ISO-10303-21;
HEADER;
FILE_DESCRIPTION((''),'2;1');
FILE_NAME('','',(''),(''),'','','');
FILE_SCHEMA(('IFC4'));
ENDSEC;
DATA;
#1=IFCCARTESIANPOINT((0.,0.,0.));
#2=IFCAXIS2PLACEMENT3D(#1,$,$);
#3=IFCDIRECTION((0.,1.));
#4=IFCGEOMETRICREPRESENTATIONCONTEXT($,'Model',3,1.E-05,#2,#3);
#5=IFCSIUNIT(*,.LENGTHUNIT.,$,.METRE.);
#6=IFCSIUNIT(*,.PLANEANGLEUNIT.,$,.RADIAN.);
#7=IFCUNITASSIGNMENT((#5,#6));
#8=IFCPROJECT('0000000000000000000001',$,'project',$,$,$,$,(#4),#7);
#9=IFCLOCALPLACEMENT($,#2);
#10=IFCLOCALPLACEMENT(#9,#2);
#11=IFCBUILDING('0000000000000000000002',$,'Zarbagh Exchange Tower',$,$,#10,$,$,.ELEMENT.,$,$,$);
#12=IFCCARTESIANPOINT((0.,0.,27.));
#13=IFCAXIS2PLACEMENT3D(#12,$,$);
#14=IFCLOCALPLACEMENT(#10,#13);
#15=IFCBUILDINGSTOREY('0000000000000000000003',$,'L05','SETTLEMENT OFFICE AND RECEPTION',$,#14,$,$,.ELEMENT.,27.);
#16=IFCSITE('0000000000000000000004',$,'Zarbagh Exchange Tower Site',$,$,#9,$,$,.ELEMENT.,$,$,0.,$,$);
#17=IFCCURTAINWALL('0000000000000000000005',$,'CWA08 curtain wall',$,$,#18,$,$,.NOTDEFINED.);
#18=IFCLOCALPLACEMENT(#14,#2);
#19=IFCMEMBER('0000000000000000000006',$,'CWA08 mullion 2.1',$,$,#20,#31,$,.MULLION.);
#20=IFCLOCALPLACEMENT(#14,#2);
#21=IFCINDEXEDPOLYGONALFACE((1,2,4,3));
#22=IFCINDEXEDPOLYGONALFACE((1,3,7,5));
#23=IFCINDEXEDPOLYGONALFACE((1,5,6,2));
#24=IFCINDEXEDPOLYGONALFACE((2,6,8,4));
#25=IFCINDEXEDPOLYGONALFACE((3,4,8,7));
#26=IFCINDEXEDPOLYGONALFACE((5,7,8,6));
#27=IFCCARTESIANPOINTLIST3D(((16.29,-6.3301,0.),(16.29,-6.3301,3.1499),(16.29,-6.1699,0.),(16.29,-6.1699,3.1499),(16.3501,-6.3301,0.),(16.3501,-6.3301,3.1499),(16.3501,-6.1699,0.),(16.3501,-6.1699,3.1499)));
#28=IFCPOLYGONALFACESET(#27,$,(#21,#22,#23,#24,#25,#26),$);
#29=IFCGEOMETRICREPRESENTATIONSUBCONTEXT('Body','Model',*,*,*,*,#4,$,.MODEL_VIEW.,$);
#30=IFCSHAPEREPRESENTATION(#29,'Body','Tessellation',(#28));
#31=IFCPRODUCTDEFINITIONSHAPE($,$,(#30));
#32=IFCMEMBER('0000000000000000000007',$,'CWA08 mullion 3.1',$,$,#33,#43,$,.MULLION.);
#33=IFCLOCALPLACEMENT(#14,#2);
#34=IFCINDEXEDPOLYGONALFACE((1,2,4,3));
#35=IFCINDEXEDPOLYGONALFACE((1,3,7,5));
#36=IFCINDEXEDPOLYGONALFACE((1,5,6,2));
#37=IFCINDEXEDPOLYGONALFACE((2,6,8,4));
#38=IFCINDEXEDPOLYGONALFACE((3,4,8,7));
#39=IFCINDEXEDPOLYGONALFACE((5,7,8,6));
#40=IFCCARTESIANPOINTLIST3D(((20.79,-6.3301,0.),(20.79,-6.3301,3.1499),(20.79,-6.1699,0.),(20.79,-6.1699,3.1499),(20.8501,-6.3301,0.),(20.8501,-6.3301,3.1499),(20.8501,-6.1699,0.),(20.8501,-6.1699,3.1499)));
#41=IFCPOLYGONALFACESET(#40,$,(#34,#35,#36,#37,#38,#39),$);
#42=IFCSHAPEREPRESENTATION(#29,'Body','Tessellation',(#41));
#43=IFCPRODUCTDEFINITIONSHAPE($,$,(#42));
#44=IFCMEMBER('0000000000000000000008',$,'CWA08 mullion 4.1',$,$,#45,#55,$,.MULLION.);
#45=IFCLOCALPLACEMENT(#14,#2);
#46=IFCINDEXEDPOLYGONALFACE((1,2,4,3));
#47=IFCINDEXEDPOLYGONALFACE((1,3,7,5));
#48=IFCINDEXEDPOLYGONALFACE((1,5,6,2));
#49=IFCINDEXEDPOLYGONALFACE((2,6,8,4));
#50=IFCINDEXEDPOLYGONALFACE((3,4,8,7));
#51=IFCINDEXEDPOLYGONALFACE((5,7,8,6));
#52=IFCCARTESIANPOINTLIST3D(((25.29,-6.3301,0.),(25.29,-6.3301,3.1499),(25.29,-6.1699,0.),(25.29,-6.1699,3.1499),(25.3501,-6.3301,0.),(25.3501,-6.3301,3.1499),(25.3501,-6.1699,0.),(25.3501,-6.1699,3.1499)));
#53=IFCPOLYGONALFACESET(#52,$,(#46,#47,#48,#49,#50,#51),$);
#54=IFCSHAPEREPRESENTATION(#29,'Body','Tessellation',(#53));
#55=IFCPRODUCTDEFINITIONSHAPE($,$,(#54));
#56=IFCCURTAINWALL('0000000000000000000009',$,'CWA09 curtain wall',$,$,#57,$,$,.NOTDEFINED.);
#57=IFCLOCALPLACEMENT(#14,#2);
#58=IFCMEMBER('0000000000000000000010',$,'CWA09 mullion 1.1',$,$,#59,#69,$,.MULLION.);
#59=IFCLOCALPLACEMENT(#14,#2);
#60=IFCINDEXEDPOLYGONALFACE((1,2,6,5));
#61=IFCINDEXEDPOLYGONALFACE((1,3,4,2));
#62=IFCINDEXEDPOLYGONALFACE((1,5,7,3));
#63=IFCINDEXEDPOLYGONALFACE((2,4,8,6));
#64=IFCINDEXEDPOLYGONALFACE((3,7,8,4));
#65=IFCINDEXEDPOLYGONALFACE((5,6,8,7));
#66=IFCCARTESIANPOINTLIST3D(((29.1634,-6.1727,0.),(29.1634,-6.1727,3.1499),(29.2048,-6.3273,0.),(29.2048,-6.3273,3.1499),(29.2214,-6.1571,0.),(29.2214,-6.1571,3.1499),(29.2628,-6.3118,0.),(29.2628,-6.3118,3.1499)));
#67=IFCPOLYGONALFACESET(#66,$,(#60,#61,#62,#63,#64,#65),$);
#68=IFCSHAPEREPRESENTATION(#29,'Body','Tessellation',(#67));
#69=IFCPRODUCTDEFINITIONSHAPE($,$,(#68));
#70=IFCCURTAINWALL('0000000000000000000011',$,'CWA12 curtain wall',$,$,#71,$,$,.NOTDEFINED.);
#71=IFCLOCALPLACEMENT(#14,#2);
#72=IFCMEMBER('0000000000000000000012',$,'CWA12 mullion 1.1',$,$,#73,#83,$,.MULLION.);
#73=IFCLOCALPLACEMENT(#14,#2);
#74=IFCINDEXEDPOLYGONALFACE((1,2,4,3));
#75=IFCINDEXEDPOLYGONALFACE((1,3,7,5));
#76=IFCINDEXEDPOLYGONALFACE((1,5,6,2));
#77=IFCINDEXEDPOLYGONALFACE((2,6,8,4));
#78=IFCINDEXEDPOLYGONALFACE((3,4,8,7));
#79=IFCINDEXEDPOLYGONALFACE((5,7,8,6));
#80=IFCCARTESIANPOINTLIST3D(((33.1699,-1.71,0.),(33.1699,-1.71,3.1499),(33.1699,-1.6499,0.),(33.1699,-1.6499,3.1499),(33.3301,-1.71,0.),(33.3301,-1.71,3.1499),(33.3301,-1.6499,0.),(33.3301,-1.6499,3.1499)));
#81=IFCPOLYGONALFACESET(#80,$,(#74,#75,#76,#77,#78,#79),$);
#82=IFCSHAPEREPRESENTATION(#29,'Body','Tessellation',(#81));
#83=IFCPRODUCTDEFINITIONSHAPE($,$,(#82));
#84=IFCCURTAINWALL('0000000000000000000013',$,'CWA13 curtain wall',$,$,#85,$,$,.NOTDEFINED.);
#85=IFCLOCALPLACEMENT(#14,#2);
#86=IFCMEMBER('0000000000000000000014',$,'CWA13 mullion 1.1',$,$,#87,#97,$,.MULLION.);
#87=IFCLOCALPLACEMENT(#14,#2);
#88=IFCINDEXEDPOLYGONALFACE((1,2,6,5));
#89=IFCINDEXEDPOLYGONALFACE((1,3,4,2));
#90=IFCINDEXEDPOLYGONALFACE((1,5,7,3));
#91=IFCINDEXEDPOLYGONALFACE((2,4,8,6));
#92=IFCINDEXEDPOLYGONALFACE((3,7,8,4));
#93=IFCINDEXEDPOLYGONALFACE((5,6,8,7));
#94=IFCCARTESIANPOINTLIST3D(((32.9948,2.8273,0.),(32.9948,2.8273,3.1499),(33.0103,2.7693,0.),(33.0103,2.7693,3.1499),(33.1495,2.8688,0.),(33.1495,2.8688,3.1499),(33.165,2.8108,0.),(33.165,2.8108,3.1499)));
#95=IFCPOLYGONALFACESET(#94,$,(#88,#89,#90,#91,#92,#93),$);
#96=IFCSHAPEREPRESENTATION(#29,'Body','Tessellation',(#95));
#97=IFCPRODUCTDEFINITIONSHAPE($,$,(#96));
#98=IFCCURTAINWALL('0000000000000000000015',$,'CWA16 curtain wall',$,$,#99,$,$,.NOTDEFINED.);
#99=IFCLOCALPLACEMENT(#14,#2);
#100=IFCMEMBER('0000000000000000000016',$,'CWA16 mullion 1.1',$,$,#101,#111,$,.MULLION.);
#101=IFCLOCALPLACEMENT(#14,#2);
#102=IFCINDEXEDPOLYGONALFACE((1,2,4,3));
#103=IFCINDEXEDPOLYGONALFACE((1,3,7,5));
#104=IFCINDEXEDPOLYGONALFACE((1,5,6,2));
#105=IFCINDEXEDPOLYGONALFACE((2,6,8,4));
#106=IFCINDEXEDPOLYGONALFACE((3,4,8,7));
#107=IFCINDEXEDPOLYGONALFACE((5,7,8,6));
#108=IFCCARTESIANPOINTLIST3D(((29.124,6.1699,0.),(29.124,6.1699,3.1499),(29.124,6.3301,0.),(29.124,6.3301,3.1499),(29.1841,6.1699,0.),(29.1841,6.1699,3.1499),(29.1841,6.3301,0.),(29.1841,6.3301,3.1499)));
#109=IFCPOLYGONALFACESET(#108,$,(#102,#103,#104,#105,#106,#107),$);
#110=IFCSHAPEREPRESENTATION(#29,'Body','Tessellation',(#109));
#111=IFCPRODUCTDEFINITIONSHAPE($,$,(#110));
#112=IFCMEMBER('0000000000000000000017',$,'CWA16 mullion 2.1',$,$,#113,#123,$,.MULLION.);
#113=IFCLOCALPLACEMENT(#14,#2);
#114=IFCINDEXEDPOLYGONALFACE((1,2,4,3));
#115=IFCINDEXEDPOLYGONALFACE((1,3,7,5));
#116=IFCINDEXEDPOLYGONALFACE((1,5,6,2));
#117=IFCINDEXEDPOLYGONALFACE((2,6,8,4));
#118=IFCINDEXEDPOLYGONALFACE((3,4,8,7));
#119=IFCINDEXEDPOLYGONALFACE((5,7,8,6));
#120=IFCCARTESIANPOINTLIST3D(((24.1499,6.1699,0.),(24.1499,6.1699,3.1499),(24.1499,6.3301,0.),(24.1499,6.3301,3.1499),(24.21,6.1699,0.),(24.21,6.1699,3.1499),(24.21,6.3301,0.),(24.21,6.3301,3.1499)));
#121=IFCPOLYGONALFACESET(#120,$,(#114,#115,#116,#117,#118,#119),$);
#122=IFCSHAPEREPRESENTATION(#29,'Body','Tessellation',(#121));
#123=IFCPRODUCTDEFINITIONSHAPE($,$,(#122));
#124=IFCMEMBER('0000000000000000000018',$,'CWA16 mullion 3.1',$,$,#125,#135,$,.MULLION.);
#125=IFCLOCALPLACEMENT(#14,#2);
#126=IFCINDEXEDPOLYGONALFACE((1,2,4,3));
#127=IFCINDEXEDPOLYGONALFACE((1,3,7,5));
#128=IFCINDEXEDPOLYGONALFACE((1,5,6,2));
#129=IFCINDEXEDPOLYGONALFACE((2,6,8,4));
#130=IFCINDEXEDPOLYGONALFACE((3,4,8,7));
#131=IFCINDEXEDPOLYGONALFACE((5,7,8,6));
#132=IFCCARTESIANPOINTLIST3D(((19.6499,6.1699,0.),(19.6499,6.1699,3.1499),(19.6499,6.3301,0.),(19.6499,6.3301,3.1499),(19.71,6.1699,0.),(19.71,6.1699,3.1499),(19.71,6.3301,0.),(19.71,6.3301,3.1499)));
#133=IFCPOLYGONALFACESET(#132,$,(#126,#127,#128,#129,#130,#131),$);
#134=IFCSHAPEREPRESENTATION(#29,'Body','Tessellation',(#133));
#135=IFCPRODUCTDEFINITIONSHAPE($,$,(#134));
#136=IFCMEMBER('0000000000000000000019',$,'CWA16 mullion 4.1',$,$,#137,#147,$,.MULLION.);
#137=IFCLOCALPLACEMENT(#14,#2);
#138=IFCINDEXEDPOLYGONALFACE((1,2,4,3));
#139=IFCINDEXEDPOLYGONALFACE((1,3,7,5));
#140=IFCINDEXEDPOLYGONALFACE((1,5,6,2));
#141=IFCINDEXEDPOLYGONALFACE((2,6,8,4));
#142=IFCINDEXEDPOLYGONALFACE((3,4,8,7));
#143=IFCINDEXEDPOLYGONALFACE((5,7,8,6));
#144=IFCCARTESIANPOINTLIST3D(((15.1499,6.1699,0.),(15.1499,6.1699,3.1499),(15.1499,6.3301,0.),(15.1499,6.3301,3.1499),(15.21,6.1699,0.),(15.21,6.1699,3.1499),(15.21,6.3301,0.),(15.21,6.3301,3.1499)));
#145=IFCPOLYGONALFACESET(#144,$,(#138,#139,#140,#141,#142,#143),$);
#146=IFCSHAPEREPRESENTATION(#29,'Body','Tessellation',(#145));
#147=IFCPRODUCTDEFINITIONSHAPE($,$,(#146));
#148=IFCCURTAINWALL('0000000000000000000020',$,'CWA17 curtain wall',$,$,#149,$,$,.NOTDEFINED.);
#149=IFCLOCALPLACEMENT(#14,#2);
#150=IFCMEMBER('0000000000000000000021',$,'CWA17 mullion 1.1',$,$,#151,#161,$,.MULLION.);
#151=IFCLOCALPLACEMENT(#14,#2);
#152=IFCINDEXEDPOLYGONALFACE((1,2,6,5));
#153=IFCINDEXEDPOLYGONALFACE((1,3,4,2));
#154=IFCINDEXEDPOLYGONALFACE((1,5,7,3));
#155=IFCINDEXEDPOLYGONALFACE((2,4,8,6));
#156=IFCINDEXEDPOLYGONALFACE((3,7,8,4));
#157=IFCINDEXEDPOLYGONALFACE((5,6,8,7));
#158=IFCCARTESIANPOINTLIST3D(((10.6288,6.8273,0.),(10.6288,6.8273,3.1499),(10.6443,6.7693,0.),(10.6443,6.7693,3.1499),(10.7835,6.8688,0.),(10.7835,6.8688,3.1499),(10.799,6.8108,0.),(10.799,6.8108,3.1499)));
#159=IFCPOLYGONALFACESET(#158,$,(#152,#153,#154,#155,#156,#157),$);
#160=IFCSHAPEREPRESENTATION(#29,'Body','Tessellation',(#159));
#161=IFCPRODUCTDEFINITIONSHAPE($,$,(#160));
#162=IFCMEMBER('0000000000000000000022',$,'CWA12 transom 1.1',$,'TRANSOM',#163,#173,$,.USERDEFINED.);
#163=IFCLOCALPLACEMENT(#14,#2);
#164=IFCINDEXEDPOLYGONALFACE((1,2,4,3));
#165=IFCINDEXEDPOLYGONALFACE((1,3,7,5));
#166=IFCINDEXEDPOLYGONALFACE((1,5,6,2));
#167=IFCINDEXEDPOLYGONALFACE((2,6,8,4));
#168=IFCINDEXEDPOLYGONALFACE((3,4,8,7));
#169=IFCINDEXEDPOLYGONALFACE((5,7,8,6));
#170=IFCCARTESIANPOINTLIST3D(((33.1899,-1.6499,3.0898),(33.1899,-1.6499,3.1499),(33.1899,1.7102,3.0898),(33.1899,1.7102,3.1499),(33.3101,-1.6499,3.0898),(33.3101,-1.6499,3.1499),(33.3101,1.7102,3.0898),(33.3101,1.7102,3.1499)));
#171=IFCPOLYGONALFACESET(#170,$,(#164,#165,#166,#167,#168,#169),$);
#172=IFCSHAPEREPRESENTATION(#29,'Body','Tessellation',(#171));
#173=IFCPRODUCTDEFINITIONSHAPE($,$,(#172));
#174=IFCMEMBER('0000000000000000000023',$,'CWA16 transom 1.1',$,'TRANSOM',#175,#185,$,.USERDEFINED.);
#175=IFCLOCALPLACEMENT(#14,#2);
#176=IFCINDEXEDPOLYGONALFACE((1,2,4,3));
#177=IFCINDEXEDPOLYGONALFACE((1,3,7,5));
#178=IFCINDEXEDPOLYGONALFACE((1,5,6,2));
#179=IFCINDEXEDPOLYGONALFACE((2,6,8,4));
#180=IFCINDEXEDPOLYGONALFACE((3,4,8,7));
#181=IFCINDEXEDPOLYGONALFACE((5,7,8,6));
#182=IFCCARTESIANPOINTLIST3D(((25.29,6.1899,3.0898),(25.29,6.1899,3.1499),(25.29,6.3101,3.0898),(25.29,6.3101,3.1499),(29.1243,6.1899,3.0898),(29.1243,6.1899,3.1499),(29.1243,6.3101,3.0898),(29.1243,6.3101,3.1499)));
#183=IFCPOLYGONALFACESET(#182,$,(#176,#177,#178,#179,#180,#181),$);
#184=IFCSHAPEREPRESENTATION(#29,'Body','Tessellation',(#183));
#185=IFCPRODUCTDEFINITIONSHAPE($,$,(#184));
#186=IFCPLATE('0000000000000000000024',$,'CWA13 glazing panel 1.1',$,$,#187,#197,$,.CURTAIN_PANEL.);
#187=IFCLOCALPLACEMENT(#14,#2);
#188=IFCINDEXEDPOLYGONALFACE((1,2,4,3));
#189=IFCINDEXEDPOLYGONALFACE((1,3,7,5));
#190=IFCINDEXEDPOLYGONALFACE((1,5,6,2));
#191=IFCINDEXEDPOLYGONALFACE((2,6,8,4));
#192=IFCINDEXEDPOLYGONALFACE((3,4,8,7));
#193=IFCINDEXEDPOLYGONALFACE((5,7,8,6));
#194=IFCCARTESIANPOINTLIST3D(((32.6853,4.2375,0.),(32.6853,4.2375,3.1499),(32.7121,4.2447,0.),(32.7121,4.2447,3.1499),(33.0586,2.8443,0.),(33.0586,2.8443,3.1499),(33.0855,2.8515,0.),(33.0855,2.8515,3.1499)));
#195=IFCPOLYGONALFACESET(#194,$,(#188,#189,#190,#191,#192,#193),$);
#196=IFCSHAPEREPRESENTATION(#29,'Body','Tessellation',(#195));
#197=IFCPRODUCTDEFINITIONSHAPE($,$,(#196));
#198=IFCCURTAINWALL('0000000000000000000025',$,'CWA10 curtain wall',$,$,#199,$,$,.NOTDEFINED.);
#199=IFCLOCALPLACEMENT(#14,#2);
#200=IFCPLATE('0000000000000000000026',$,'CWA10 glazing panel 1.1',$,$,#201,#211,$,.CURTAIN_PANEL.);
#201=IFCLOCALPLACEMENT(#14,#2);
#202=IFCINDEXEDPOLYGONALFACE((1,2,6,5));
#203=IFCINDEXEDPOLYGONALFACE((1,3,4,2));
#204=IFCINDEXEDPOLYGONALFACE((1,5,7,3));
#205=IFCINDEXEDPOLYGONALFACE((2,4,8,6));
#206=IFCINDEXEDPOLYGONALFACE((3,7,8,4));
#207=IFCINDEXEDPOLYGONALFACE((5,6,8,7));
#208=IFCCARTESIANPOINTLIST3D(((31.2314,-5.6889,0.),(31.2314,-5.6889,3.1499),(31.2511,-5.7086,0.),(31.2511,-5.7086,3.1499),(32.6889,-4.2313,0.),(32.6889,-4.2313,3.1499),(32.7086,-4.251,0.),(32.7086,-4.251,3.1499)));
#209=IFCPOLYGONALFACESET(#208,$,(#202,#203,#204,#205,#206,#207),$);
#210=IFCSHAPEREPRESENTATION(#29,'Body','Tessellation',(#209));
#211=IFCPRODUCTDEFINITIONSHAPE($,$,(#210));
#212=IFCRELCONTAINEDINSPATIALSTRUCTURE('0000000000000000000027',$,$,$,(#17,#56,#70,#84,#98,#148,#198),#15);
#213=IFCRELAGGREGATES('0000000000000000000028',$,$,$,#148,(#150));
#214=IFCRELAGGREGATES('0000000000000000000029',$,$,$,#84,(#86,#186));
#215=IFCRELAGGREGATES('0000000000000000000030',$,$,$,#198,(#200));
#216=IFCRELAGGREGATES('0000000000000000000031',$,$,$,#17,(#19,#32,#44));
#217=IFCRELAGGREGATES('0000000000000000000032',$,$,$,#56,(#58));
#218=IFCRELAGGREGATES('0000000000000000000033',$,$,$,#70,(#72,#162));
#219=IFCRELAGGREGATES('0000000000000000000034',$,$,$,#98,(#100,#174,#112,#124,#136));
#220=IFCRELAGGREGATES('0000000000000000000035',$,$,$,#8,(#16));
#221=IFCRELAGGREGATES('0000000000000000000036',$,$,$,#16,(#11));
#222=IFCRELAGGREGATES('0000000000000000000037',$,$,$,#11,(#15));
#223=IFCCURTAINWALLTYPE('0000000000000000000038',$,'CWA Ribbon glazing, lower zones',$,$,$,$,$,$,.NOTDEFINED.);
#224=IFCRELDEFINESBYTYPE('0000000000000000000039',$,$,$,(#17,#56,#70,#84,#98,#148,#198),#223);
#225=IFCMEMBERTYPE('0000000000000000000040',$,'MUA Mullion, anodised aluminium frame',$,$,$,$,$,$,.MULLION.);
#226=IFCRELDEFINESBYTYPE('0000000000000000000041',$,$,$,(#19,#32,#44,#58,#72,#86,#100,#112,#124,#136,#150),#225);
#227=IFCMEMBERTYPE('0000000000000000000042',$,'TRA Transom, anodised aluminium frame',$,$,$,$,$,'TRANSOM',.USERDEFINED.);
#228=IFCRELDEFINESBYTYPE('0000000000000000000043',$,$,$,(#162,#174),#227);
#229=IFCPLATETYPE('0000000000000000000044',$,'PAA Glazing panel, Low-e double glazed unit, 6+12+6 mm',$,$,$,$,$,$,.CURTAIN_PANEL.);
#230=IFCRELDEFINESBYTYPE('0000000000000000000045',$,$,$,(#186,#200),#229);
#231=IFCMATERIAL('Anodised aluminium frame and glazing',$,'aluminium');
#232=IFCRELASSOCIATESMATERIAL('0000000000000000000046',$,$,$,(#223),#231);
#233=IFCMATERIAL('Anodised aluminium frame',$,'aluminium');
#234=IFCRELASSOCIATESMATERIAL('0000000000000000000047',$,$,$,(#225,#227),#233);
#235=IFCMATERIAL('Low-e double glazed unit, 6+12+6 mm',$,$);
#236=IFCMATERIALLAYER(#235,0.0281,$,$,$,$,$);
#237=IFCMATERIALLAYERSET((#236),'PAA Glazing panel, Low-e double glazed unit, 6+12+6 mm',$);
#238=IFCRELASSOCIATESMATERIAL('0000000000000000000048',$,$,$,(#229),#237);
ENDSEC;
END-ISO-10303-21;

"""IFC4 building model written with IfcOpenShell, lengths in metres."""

from ifc_helpers import new_model, si_unit, direction, frame, origin, place, context, subcontext, project, spatial, polyline, outline, extrude, source, transform, mapped, material, layer, layer_set, type_object, element, aggregate, save


model = new_model("IFC4")

# Units and contexts
model_context = context("Model", 3, precision=1e-05, world=origin(), true_north=direction((0.0, 1.0)))
body_context = subcontext(model_context, "Body", "Model", "MODEL_VIEW")
ifc_project = project(units=[si_unit("LENGTHUNIT", "METRE"), si_unit("PLANEANGLEUNIT", "RADIAN")], contexts=[model_context])

# Site, building, storey
site_placement = place(None, origin())
site = spatial("IfcSite", under=ifc_project, at=site_placement, Name="Zarbagh Exchange Tower Site", CompositionType="ELEMENT", RefElevation=0.0)
building_placement = place(site_placement, origin())
building = spatial("IfcBuilding", under=site, at=building_placement, Name="Zarbagh Exchange Tower", CompositionType="ELEMENT")
storey_placement = place(building_placement, frame((0.0, 0.0, 27.0)))
storey = spatial("IfcBuildingStorey", under=building, at=storey_placement, Name="L05", Description="SETTLEMENT OFFICE AND RECEPTION", CompositionType="ELEMENT", Elevation=27.0)

# Curtain wall, members
ifc_material_1 = material(Name="Anodised aluminium frame and glazing", Category="aluminium")
curtain_wall_type = type_object("IfcCurtainWallType", Name="CWA Ribbon glazing, lower zones", PredefinedType="NOTDEFINED", material=ifc_material_1)
curtain_wall_1_placement = place(storey_placement, origin())
curtain_wall_1 = element("IfcCurtainWall", 1, at=curtain_wall_1_placement, inside=storey, type_object=curtain_wall_type, Name="CWA08 curtain wall", PredefinedType="NOTDEFINED")
ifc_material_2 = material(Name="Anodised aluminium frame", Category="aluminium")
member_type_1 = type_object("IfcMemberType", Name="MUA Mullion, anodised aluminium frame", PredefinedType="MULLION", material=ifc_material_2)
shared_shape_1 = source(origin(), body_context, "Body", "SweptSolid", [
    extrude(outline(polyline([(0.0, -0.0801), (0.0601, -0.0801), (0.0601, 0.0801), (0.0, 0.0801), (0.0, -0.0801)])), origin(), (0.0, 0.0, 1.0), 3.1499),
])
placement = place(storey_placement, origin())
member_1 = element("IfcMember", 2, at=placement, type_object=member_type_1, Name="CWA08 mullion 2.1", PredefinedType="MULLION", context=body_context, shape_type="MappedRepresentation", body=[
    mapped(shared_shape_1, transform((16.29, -6.25, 0.0), x_axis=(1.0, 0.0, 0.0), y_axis=(0.0, 1.0, 0.0), z_axis=(0.0, 0.0, 1.0))),
])
member_2 = element("IfcMember", 3, at=placement, type_object=member_type_1, Name="CWA08 mullion 3.1", PredefinedType="MULLION", context=body_context, shape_type="MappedRepresentation", body=[
    mapped(shared_shape_1, transform((20.79, -6.25, 0.0), x_axis=(1.0, 0.0, 0.0), y_axis=(0.0, 1.0, 0.0), z_axis=(0.0, 0.0, 1.0))),
])
member_3 = element("IfcMember", 4, at=placement, type_object=member_type_1, Name="CWA08 mullion 4.1", PredefinedType="MULLION", context=body_context, shape_type="MappedRepresentation", body=[
    mapped(shared_shape_1, transform((25.29, -6.25, 0.0), x_axis=(1.0, 0.0, 0.0), y_axis=(0.0, 1.0, 0.0), z_axis=(0.0, 0.0, 1.0))),
])

# Curtain walls, members
curtain_wall_2_placement = place(storey_placement, origin())
curtain_wall_2 = element("IfcCurtainWall", 5, at=curtain_wall_2_placement, inside=storey, type_object=curtain_wall_type, Name="CWA09 curtain wall", PredefinedType="NOTDEFINED")
member_4 = element("IfcMember", 6, at=placement, type_object=member_type_1, Name="CWA09 mullion 1.1", PredefinedType="MULLION", context=body_context, shape_type="MappedRepresentation", body=[
    mapped(shared_shape_1, transform((29.1841, -6.25, 0.0), x_axis=(0.965924, 0.258825, 0.0), y_axis=(-0.258825, 0.965924, 0.0), z_axis=(0.0, 0.0, 1.0))),
])
curtain_wall_3_placement = place(storey_placement, origin())
curtain_wall_3 = element("IfcCurtainWall", 7, at=curtain_wall_3_placement, inside=storey, type_object=curtain_wall_type, Name="CWA12 curtain wall", PredefinedType="NOTDEFINED")
member_5 = element("IfcMember", 8, at=placement, type_object=member_type_1, Name="CWA12 mullion 1.1", PredefinedType="MULLION", context=body_context, shape_type="MappedRepresentation", body=[
    mapped(shared_shape_1, transform((33.25, -1.71, 0.0), x_axis=(0.0, 1.0, 0.0), y_axis=(-1.0, 0.0, 0.0), z_axis=(0.0, 0.0, 1.0))),
])
curtain_wall_4_placement = place(storey_placement, origin())
curtain_wall_4 = element("IfcCurtainWall", 9, at=curtain_wall_4_placement, inside=storey, type_object=curtain_wall_type, Name="CWA13 curtain wall", PredefinedType="NOTDEFINED")
member_6 = element("IfcMember", 10, at=placement, type_object=member_type_1, Name="CWA13 mullion 1.1", PredefinedType="MULLION", context=body_context, shape_type="MappedRepresentation", body=[
    mapped(shared_shape_1, transform((33.0876, 2.79, 0.0), x_axis=(-0.258825, 0.965924, 0.0), y_axis=(-0.965924, -0.258825, 0.0), z_axis=(0.0, 0.0, 1.0))),
])

# Curtain wall, members
curtain_wall_5_placement = place(storey_placement, origin())
curtain_wall_5 = element("IfcCurtainWall", 11, at=curtain_wall_5_placement, inside=storey, type_object=curtain_wall_type, Name="CWA16 curtain wall", PredefinedType="NOTDEFINED")
member_7 = element("IfcMember", 12, at=placement, type_object=member_type_1, Name="CWA16 mullion 1.1", PredefinedType="MULLION", context=body_context, shape_type="MappedRepresentation", body=[
    mapped(shared_shape_1, transform((29.1841, 6.25, 0.0), x_axis=(-1.0, 0.0, 0.0), y_axis=(0.0, -1.0, 0.0), z_axis=(0.0, 0.0, 1.0))),
])
member_8 = element("IfcMember", 13, at=placement, type_object=member_type_1, Name="CWA16 mullion 2.1", PredefinedType="MULLION", context=body_context, shape_type="MappedRepresentation", body=[
    mapped(shared_shape_1, transform((24.21, 6.25, 0.0), x_axis=(-1.0, 0.0, 0.0), y_axis=(0.0, -1.0, 0.0), z_axis=(0.0, 0.0, 1.0))),
])
member_9 = element("IfcMember", 14, at=placement, type_object=member_type_1, Name="CWA16 mullion 3.1", PredefinedType="MULLION", context=body_context, shape_type="MappedRepresentation", body=[
    mapped(shared_shape_1, transform((19.71, 6.25, 0.0), x_axis=(-1.0, 0.0, 0.0), y_axis=(0.0, -1.0, 0.0), z_axis=(0.0, 0.0, 1.0))),
])
member_10 = element("IfcMember", 15, at=placement, type_object=member_type_1, Name="CWA16 mullion 4.1", PredefinedType="MULLION", context=body_context, shape_type="MappedRepresentation", body=[
    mapped(shared_shape_1, transform((15.21, 6.25, 0.0), x_axis=(-1.0, 0.0, 0.0), y_axis=(0.0, -1.0, 0.0), z_axis=(0.0, 0.0, 1.0))),
])

# Curtain wall, member
curtain_wall_6_placement = place(storey_placement, origin())
curtain_wall_6 = element("IfcCurtainWall", 16, at=curtain_wall_6_placement, inside=storey, type_object=curtain_wall_type, Name="CWA17 curtain wall", PredefinedType="NOTDEFINED")
member_11 = element("IfcMember", 17, at=placement, type_object=member_type_1, Name="CWA17 mullion 1.1", PredefinedType="MULLION", context=body_context, shape_type="MappedRepresentation", body=[
    mapped(shared_shape_1, transform((10.7217, 6.79, 0.0), x_axis=(-0.258825, 0.965924, 0.0), y_axis=(-0.965924, -0.258825, 0.0), z_axis=(0.0, 0.0, 1.0))),
])
aggregate(curtain_wall_6, [member_11])

# Members
member_type_2 = type_object("IfcMemberType", Name="TRA Transom, anodised aluminium frame", ElementType="TRANSOM", PredefinedType="USERDEFINED", material=ifc_material_2)
shared_shape_2 = source(origin(), body_context, "Body", "SweptSolid", [
    extrude(outline(polyline([(-0.0601, -0.0601), (0.0, -0.0601), (0.0, 0.0601), (-0.0601, 0.0601), (-0.0601, -0.0601)])), origin(), (0.0, 0.0, 1.0), 3.3601),
])
member_12 = element("IfcMember", 18, at=placement, type_object=member_type_2, Name="CWA12 transom 1.1", ObjectType="TRANSOM", PredefinedType="USERDEFINED", context=body_context, shape_type="MappedRepresentation", body=[
    mapped(shared_shape_2, transform((33.25, -1.6499, 3.1499), x_axis=(0.0, 0.0, 1.0), y_axis=(1.0, 0.0, 0.0), z_axis=(0.0, 1.0, 0.0))),
])
shared_shape_3 = source(origin(), body_context, "Body", "SweptSolid", [
    extrude(outline(polyline([(-0.0601, -0.0601), (0.0, -0.0601), (0.0, 0.0601), (-0.0601, 0.0601), (-0.0601, -0.0601)])), origin(), (0.0, 0.0, 1.0), 3.8342),
])
member_13 = element("IfcMember", 19, at=placement, type_object=member_type_2, Name="CWA16 transom 1.1", ObjectType="TRANSOM", PredefinedType="USERDEFINED", context=body_context, shape_type="MappedRepresentation", body=[
    mapped(shared_shape_3, transform((29.1243, 6.25, 3.1499), x_axis=(0.0, 0.0, 1.0), y_axis=(0.0, 1.0, 0.0), z_axis=(-1.0, 0.0, 0.0))),
])

# Plate
ifc_material_3 = material(Name="Low-e double glazed unit, 6+12+6 mm")
ifc_layer = layer(ifc_material_3, 0.0281)
ifc_layer_set = layer_set([ifc_layer], Name="PAA Glazing panel, Low-e double glazed unit, 6+12+6 mm")
plate_type = type_object("IfcPlateType", Name="PAA Glazing panel, Low-e double glazed unit, 6+12+6 mm", PredefinedType="CURTAIN_PANEL", material=ifc_layer_set)
shared_shape_4 = source(origin(), body_context, "Body", "SweptSolid", [
    extrude(outline(polyline([(0.0, -0.0139), (1.4424, -0.0139), (1.4424, 0.0139), (0.0, 0.0139), (0.0, -0.0139)])), origin(), (0.0, 0.0, 1.0), 3.1499),
])
plate_1 = element("IfcPlate", 20, at=placement, type_object=plate_type, Name="CWA13 glazing panel 1.1", PredefinedType="CURTAIN_PANEL", context=body_context, shape_type="MappedRepresentation", body=[
    mapped(shared_shape_4, transform((33.072, 2.8479, 0.0), x_axis=(-0.258825, 0.965924, 0.0), y_axis=(-0.965924, -0.258825, 0.0), z_axis=(0.0, 0.0, 1.0))),
])
aggregate(curtain_wall_4, [member_6, plate_1])

# Curtain wall, plate
curtain_wall_7_placement = place(storey_placement, origin())
curtain_wall_7 = element("IfcCurtainWall", 21, at=curtain_wall_7_placement, inside=storey, type_object=curtain_wall_type, Name="CWA10 curtain wall", PredefinedType="NOTDEFINED")
shared_shape_5 = source(origin(), body_context, "Body", "SweptSolid", [
    extrude(outline(polyline([(0.0, -0.0139), (2.0613, -0.0139), (2.0613, 0.0139), (0.0, 0.0139), (0.0, -0.0139)])), origin(), (0.0, 0.0, 1.0), 3.1499),
])
plate_2 = element("IfcPlate", 22, at=placement, type_object=plate_type, Name="CWA10 glazing panel 1.1", PredefinedType="CURTAIN_PANEL", context=body_context, shape_type="MappedRepresentation", body=[
    mapped(shared_shape_5, transform((31.2412, -5.6987, 0.0), x_axis=(0.707107, 0.707107, 0.0), y_axis=(-0.707107, 0.707107, 0.0), z_axis=(0.0, 0.0, 1.0))),
])
aggregate(curtain_wall_7, [plate_2])

aggregate(curtain_wall_1, [member_1, member_2, member_3])
aggregate(curtain_wall_2, [member_4])

aggregate(curtain_wall_3, [member_5, member_12])
aggregate(curtain_wall_5, [member_7, member_13, member_8, member_9, member_10])

save(model, "model.ifc")
